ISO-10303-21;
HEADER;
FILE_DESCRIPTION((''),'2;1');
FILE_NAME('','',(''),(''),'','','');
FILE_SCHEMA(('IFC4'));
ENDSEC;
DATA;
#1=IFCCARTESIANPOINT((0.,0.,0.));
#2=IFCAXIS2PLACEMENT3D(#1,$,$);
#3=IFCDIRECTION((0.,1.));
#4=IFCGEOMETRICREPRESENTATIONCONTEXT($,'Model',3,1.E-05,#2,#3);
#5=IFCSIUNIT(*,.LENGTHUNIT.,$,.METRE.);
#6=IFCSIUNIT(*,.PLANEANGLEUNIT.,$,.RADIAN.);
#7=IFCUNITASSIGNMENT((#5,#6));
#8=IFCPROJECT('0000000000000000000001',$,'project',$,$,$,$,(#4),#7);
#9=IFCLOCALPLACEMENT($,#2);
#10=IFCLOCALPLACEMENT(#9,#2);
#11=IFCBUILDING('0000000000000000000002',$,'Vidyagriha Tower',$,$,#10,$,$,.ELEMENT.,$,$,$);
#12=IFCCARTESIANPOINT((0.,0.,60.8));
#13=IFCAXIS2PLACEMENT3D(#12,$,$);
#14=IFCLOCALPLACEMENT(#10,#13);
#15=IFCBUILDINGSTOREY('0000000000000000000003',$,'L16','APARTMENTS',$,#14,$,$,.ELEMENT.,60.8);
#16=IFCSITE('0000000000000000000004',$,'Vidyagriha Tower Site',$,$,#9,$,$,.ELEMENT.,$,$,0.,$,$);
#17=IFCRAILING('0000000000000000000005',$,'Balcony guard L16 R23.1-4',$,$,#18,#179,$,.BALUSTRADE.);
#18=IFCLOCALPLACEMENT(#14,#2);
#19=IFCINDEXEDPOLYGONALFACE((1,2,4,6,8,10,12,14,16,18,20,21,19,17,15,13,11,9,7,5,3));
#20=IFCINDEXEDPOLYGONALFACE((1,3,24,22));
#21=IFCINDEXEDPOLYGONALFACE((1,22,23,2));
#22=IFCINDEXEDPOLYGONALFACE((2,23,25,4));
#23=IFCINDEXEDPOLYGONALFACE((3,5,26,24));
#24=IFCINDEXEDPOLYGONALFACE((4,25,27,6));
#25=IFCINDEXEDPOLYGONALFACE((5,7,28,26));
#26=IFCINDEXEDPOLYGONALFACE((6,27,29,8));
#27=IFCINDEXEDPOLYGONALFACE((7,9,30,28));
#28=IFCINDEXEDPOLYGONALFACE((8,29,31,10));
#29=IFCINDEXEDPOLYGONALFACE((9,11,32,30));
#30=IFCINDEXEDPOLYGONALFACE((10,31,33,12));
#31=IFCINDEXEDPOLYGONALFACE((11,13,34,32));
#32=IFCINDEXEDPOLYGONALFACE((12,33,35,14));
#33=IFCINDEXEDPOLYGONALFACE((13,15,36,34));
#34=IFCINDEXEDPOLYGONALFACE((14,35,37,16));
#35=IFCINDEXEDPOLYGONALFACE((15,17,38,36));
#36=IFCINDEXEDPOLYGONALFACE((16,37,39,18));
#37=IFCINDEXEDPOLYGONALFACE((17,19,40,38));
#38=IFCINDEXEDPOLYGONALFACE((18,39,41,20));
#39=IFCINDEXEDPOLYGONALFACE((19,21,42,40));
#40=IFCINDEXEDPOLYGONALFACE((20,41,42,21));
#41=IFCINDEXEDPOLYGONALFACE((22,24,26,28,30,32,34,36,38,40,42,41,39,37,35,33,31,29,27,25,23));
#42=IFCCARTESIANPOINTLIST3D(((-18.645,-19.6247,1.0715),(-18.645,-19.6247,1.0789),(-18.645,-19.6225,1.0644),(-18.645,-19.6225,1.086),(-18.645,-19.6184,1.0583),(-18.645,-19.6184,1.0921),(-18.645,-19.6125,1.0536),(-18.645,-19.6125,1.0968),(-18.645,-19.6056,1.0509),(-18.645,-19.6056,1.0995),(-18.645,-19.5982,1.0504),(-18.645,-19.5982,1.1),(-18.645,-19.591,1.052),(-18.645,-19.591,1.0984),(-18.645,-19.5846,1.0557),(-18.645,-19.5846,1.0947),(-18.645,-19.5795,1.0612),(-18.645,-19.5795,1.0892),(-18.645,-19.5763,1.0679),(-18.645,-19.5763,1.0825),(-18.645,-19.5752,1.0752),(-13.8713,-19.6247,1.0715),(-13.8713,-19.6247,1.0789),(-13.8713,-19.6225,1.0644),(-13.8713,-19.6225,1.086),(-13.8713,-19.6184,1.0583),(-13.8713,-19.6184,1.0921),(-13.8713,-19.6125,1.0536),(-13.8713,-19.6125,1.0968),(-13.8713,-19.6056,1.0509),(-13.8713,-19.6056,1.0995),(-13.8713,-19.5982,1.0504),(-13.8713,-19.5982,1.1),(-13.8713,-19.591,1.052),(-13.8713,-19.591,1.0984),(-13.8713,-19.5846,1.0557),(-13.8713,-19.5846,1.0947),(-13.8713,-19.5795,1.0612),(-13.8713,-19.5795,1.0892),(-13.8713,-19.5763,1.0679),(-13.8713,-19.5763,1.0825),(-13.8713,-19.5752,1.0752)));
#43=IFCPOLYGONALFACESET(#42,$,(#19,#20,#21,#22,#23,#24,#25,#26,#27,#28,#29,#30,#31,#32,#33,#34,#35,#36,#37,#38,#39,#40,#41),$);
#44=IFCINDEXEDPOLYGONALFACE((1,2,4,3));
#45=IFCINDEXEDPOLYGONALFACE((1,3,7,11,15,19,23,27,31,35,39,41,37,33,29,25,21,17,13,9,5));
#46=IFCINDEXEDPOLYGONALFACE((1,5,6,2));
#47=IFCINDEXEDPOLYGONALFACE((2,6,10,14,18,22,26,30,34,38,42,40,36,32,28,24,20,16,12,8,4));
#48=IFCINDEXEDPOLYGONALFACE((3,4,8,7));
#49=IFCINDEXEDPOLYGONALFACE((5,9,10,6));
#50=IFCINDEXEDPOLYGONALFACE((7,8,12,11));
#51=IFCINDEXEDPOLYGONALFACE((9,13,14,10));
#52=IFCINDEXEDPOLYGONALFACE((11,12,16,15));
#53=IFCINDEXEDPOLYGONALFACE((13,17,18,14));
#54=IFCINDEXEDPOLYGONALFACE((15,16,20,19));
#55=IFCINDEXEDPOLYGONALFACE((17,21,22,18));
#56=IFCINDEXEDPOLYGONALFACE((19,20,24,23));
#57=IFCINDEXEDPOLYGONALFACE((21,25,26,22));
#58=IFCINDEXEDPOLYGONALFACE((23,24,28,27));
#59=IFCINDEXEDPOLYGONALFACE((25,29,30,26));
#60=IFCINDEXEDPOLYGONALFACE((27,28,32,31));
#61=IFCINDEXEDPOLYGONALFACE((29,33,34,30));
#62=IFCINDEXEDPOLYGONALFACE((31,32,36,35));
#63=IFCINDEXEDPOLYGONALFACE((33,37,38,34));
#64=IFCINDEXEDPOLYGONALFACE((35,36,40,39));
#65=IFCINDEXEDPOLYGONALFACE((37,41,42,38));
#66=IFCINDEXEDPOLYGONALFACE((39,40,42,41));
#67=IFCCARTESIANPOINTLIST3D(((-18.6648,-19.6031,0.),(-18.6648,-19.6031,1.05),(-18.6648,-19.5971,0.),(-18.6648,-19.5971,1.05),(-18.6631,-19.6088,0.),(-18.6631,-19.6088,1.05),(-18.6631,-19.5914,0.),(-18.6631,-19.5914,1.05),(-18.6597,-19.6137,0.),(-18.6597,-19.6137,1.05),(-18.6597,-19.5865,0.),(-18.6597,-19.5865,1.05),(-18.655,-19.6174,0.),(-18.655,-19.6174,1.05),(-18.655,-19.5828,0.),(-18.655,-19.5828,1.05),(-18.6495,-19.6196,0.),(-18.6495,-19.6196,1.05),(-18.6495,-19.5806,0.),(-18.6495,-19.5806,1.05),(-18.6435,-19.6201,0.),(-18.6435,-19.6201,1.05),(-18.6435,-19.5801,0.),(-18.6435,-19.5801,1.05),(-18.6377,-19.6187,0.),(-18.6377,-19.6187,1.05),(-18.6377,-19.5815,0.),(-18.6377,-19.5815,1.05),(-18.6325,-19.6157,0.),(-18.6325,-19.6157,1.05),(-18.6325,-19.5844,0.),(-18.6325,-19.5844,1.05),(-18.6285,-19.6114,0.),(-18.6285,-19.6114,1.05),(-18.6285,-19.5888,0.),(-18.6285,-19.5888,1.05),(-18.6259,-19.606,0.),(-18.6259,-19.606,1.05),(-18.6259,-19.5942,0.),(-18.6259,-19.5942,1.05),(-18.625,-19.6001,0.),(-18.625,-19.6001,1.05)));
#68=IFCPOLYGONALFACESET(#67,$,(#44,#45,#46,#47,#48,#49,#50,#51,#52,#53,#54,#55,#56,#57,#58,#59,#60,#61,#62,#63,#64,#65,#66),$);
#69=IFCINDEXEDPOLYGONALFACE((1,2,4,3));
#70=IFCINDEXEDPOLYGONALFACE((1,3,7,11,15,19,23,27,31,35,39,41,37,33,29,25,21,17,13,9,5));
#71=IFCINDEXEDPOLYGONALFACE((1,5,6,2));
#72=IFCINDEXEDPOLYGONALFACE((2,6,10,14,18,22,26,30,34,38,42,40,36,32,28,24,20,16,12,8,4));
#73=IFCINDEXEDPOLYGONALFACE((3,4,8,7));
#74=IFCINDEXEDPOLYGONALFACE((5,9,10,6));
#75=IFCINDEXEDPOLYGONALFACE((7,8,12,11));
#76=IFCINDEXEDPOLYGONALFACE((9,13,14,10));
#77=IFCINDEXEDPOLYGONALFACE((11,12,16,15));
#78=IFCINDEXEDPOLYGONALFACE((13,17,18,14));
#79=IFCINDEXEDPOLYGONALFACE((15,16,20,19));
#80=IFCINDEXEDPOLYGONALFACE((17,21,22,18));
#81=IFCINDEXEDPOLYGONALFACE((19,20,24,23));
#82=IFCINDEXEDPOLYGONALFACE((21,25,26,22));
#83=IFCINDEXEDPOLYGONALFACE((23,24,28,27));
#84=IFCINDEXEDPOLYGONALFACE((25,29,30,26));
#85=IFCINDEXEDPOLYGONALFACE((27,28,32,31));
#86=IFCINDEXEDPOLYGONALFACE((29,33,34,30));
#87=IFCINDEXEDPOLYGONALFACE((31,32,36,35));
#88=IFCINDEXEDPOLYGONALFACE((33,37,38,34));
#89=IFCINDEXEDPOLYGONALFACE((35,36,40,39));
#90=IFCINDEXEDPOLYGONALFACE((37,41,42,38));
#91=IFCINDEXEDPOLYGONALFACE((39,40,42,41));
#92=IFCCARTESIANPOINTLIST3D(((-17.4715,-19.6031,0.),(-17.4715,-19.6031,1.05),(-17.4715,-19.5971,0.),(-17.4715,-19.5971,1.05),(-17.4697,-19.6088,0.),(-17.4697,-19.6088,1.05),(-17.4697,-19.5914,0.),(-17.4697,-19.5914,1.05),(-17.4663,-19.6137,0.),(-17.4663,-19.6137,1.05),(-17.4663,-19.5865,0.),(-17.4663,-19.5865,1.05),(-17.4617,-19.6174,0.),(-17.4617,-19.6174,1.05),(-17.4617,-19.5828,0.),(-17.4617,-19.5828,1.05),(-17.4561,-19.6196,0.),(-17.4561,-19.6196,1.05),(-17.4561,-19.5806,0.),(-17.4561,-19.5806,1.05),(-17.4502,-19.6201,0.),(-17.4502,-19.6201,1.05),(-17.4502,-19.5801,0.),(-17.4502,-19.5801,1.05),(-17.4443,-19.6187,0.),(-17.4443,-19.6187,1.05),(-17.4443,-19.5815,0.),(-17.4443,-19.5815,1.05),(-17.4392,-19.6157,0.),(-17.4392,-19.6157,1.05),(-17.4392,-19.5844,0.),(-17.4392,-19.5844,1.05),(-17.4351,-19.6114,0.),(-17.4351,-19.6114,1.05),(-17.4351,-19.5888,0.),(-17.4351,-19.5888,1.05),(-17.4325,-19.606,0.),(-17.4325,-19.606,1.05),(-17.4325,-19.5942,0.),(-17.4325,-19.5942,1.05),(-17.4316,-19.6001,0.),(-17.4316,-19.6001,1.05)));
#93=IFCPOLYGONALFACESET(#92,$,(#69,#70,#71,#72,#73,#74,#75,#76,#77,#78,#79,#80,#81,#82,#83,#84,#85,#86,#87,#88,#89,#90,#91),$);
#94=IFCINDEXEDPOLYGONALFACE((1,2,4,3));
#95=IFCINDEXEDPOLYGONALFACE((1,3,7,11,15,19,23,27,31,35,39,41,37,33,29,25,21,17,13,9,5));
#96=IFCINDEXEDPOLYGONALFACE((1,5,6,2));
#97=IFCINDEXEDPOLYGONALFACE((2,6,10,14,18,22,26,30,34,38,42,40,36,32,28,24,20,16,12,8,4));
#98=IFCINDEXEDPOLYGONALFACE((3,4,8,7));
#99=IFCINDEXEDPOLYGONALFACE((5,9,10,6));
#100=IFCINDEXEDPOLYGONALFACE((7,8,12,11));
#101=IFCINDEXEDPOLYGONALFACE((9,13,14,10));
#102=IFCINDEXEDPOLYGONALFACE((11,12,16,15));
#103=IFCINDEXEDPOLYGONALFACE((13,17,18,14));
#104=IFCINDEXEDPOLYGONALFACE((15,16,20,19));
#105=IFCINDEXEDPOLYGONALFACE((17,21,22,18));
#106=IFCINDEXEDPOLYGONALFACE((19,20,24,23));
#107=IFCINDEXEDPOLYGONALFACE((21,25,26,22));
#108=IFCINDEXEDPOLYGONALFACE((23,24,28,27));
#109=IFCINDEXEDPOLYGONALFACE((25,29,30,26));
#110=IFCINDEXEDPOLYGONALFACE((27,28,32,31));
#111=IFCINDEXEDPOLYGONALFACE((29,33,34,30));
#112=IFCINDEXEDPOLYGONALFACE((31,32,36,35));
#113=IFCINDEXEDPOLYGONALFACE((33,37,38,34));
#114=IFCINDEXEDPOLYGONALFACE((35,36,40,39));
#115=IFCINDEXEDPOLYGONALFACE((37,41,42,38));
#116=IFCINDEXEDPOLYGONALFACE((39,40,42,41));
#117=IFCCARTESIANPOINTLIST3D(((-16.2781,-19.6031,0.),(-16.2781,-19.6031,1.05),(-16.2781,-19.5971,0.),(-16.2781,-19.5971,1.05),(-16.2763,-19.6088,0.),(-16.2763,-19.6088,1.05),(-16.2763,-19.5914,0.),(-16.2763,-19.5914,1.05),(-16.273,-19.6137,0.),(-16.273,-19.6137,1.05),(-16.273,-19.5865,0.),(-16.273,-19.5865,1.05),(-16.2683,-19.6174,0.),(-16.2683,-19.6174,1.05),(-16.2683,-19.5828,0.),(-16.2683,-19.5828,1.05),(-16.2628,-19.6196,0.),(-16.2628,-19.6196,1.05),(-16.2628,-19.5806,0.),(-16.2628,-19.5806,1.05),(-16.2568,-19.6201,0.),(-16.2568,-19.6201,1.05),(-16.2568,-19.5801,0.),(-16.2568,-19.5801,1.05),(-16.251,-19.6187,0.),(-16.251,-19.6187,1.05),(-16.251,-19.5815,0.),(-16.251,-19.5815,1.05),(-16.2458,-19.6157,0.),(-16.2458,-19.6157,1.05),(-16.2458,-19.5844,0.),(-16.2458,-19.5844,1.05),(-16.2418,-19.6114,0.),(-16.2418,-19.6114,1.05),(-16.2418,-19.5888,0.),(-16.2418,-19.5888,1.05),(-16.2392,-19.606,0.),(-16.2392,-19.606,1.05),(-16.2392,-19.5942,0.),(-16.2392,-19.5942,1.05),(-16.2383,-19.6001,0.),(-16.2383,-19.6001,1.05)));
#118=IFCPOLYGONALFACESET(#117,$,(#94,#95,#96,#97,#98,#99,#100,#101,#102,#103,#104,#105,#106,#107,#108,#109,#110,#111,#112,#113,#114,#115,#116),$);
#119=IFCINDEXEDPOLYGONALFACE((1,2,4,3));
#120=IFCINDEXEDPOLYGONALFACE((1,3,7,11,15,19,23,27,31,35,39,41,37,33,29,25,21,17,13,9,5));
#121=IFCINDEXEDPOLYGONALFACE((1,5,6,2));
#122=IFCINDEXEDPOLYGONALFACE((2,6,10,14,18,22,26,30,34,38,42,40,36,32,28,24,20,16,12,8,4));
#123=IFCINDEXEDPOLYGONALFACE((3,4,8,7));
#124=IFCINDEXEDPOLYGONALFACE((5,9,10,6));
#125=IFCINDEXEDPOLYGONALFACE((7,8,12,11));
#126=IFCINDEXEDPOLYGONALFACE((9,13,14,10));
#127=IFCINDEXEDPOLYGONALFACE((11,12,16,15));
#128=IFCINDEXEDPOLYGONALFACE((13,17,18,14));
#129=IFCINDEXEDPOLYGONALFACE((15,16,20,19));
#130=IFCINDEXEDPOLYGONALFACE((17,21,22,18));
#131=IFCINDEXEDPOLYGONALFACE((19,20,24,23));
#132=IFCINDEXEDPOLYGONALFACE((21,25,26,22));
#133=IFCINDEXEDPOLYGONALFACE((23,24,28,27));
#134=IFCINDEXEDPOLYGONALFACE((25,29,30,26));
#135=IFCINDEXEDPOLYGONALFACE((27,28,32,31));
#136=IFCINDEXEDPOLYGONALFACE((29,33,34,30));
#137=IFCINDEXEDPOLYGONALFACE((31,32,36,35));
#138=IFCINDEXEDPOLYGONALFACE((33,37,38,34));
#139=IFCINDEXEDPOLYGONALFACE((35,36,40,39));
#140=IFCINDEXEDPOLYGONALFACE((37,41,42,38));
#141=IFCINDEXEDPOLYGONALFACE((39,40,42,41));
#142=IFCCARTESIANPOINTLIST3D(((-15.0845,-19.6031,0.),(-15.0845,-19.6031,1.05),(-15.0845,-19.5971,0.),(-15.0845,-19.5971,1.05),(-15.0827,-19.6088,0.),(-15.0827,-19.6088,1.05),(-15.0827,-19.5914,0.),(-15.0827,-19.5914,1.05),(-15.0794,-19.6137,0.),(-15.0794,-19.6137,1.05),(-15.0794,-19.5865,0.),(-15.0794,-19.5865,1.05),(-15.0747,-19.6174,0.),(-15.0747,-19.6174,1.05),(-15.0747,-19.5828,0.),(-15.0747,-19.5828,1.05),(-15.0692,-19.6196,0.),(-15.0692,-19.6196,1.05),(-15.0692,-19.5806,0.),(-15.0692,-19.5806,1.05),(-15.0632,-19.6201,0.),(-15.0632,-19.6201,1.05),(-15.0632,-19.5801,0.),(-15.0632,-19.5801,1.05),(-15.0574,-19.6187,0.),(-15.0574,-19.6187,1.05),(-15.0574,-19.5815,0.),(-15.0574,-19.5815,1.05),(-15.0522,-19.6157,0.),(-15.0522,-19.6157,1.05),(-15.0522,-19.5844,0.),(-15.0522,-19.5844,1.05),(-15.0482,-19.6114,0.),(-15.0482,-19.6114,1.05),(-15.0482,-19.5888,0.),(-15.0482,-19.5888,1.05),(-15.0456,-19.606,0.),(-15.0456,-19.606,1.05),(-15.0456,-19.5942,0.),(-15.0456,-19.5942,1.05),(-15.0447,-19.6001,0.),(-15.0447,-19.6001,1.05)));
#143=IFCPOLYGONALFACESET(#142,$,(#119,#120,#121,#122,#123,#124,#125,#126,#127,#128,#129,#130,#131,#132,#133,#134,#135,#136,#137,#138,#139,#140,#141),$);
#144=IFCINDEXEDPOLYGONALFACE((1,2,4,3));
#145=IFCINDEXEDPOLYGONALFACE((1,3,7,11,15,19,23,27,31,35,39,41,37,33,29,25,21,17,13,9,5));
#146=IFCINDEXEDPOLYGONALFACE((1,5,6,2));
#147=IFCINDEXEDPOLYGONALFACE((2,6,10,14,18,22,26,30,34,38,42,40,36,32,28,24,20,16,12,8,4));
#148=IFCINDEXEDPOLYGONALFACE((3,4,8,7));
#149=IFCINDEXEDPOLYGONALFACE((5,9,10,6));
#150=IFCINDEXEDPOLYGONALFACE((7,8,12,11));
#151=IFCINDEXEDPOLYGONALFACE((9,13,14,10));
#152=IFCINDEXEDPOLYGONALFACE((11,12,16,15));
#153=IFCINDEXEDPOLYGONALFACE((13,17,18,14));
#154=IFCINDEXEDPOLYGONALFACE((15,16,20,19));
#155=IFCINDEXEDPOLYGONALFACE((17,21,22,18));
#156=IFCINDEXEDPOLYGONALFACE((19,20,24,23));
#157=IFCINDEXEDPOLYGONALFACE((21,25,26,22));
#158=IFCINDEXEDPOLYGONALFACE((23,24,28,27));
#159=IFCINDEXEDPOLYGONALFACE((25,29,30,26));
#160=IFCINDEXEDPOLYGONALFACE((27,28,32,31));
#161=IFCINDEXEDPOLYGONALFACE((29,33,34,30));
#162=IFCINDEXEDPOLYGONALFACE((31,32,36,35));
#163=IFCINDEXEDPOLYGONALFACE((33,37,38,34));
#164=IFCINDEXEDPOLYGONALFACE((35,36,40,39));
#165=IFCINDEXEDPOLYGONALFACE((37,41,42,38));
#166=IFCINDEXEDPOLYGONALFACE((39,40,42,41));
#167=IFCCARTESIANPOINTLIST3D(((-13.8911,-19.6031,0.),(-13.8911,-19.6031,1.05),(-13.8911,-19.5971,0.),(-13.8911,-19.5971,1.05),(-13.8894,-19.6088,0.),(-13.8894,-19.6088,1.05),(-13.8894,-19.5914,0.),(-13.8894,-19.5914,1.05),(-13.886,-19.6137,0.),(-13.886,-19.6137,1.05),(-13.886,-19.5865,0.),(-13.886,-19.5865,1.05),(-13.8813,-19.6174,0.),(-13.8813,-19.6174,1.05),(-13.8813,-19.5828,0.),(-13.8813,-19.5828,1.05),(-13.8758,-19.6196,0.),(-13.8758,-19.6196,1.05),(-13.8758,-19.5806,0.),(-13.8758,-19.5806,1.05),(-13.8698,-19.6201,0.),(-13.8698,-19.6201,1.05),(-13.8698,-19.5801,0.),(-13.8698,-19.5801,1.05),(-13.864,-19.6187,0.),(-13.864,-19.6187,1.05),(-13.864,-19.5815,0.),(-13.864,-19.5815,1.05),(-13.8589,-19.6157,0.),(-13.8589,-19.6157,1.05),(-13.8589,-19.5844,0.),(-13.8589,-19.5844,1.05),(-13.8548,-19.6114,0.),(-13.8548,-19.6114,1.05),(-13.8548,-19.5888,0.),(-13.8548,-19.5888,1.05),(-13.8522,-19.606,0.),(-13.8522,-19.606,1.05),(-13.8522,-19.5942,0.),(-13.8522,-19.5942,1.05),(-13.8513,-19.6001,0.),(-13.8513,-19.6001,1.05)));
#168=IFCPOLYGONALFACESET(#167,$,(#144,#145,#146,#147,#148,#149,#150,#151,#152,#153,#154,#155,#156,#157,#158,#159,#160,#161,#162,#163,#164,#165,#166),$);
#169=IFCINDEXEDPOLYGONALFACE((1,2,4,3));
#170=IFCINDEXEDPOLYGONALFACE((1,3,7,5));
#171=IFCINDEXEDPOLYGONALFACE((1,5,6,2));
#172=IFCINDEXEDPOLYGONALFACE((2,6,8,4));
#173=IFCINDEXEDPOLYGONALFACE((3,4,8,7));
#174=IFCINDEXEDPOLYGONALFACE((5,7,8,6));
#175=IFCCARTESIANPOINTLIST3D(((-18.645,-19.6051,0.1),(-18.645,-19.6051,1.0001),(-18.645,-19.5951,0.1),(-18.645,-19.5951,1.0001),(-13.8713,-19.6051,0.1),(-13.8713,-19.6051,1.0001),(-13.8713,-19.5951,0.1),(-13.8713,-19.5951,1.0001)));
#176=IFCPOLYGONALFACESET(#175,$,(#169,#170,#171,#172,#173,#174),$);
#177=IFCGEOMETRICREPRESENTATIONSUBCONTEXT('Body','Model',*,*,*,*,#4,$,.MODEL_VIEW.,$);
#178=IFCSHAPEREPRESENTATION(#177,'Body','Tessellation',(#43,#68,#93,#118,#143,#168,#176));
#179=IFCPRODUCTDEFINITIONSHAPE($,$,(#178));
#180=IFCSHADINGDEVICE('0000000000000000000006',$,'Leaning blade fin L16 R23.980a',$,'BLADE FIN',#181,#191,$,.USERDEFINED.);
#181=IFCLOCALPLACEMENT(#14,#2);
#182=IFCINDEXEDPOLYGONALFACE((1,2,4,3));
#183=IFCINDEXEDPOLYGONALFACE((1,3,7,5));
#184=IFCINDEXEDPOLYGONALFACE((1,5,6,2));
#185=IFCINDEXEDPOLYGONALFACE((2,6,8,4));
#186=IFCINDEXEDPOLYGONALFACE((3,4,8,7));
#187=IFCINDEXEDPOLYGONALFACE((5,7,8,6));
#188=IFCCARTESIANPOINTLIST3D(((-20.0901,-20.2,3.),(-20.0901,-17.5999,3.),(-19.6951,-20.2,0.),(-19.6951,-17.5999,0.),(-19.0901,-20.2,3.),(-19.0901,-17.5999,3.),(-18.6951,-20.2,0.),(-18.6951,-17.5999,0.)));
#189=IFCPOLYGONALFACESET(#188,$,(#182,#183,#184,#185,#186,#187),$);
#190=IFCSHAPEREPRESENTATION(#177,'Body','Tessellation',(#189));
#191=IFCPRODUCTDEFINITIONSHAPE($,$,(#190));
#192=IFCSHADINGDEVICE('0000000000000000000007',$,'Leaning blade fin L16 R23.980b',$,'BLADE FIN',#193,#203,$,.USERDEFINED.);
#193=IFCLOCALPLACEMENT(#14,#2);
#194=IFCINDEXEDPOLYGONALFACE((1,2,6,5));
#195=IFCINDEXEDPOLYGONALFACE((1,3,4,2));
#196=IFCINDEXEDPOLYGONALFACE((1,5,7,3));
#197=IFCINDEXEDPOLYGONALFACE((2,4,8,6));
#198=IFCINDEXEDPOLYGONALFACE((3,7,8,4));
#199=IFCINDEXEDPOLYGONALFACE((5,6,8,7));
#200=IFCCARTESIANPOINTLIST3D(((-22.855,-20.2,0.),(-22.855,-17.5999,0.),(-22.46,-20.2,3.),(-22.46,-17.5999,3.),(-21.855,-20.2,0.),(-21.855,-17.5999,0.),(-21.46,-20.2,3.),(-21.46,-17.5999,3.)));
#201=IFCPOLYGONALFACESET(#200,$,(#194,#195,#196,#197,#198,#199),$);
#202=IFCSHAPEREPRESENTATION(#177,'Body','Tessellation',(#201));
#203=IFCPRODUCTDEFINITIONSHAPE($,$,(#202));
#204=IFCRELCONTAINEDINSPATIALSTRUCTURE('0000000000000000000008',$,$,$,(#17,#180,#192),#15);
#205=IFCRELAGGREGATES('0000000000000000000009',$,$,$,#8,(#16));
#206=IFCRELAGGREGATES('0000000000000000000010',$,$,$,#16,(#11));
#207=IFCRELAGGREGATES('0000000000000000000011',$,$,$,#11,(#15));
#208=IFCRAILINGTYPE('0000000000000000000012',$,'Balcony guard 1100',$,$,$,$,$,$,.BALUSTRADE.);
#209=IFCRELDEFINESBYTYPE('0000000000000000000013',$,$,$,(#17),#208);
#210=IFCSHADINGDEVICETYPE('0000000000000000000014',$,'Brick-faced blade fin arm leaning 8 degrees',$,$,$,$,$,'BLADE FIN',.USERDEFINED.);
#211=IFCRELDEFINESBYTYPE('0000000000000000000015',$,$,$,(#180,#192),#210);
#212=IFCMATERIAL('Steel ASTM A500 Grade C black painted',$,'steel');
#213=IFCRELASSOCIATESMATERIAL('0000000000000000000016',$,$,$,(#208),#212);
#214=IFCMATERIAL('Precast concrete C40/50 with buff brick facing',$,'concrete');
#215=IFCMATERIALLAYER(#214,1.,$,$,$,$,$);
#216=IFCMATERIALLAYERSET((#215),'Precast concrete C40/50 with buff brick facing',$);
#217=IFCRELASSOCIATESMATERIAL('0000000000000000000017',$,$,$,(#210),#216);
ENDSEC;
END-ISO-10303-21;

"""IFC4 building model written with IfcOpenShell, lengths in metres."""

from ifc_helpers import new_model, si_unit, direction, frame, origin, origin_2d, place, context, subcontext, project, spatial, polyline, rectangle, circle, outline, extrude, material, layer, layer_set, type_object, element, save


model = new_model("IFC4")

# Units and contexts
model_context = context("Model", 3, precision=1e-05, world=origin(), true_north=direction((0.0, 1.0)))
body_context = subcontext(model_context, "Body", "Model", "MODEL_VIEW")
ifc_project = project(units=[si_unit("LENGTHUNIT", "METRE"), si_unit("PLANEANGLEUNIT", "RADIAN")], contexts=[model_context])

# Site, building, storey
site_placement = place(None, origin())
site = spatial("IfcSite", under=ifc_project, at=site_placement, Name="Vidyagriha Tower Site", CompositionType="ELEMENT", RefElevation=0.0)
building_placement = place(site_placement, origin())
building = spatial("IfcBuilding", under=site, at=building_placement, Name="Vidyagriha Tower", CompositionType="ELEMENT")
storey_placement = place(building_placement, frame((0.0, 0.0, 60.8)))
storey = spatial("IfcBuildingStorey", under=building, at=storey_placement, Name="L16", Description="APARTMENTS", CompositionType="ELEMENT", Elevation=60.8)

# Railing
ifc_material_1 = material(Name="Steel ASTM A500 Grade C black painted", Category="steel")
railing_type = type_object("IfcRailingType", Name="Balcony guard 1100", PredefinedType="BALUSTRADE", material=ifc_material_1)
railing_1_placement = place(storey_placement, frame((-18.645, -19.6001, 0.0)))
element("IfcRailing", 1, at=railing_1_placement, inside=storey, type_object=railing_type, Name="Balcony guard L16 R23.1-4", PredefinedType="BALUSTRADE", context=body_context, shape_type="SweptSolid", body=[
    extrude(circle(Radius=0.0249, at=origin_2d()), frame((0.0, 0.0, 1.0752), z_axis=(1.0, 0.0, 0.0), x_axis=(0.0, 1.0, 0.0)), (0.0, 0.0, 1.0), 4.7737),
    extrude(circle(Radius=0.02, at=origin_2d()), origin(), (0.0, 0.0, 1.0), 1.05),
    extrude(circle(Radius=0.02, at=origin_2d()), frame((1.1934, 0.0, 0.0)), (0.0, 0.0, 1.0), 1.05),
    extrude(circle(Radius=0.02, at=origin_2d()), frame((2.3867, 0.0, 0.0)), (0.0, 0.0, 1.0), 1.05),
    extrude(circle(Radius=0.02, at=origin_2d()), frame((3.5803, 0.0, 0.0)), (0.0, 0.0, 1.0), 1.05),
    extrude(circle(Radius=0.02, at=origin_2d()), frame((4.7737, 0.0, 0.0)), (0.0, 0.0, 1.0), 1.05),
    extrude(rectangle(XDim=0.01, YDim=0.9001, at=origin_2d()), frame((0.0, 0.0, 0.55), z_axis=(1.0, 0.0, 0.0), x_axis=(0.0, 1.0, 0.0)), (0.0, 0.0, 1.0), 4.7737),
])

# Shading devices
ifc_material_2 = material(Name="Precast concrete C40/50 with buff brick facing", Category="concrete")
ifc_layer_1 = layer(ifc_material_2, 1.0)
ifc_layer_set_1 = layer_set([ifc_layer_1], Name="Precast concrete C40/50 with buff brick facing")
shading_device_type_1 = type_object("IfcShadingDeviceType", Name="Brick-faced blade fin arm leaning 8 degrees", ElementType="BLADE FIN", PredefinedType="USERDEFINED", material=ifc_layer_set_1)
shading_device_1_placement = place(storey_placement, frame((-20.0901, -18.8999, 0.0)))
element("IfcShadingDevice", 2, at=shading_device_1_placement, inside=storey, type_object=shading_device_type_1, Name="Leaning blade fin L16 R23.980a", ObjectType="BLADE FIN", PredefinedType="USERDEFINED", context=body_context, shape_type="SweptSolid", body=[
    extrude(outline(polyline([(0.395, 0.0), (1.395, 0.0), (1.0, 3.0), (0.0, 3.0), (0.395, 0.0)])), frame((0.0, 1.3, 0.0), z_axis=(0.0, -1.0, 0.0), x_axis=(1.0, 0.0, 0.0)), (0.0, 0.0, 1.0), 2.6001),
])
shading_device_2_placement = place(storey_placement, frame((-22.855, -18.8999, 0.0)))
element("IfcShadingDevice", 3, at=shading_device_2_placement, inside=storey, type_object=shading_device_type_1, Name="Leaning blade fin L16 R23.980b", ObjectType="BLADE FIN", PredefinedType="USERDEFINED", context=body_context, shape_type="SweptSolid", body=[
    extrude(outline(polyline([(0.0, 0.0), (1.0, 0.0), (1.395, 3.0), (0.395, 3.0), (0.0, 0.0)])), frame((0.0, 1.3, 0.0), z_axis=(0.0, -1.0, 0.0), x_axis=(1.0, 0.0, 0.0)), (0.0, 0.0, 1.0), 2.6001),
])

save(model, "model.ifc")
